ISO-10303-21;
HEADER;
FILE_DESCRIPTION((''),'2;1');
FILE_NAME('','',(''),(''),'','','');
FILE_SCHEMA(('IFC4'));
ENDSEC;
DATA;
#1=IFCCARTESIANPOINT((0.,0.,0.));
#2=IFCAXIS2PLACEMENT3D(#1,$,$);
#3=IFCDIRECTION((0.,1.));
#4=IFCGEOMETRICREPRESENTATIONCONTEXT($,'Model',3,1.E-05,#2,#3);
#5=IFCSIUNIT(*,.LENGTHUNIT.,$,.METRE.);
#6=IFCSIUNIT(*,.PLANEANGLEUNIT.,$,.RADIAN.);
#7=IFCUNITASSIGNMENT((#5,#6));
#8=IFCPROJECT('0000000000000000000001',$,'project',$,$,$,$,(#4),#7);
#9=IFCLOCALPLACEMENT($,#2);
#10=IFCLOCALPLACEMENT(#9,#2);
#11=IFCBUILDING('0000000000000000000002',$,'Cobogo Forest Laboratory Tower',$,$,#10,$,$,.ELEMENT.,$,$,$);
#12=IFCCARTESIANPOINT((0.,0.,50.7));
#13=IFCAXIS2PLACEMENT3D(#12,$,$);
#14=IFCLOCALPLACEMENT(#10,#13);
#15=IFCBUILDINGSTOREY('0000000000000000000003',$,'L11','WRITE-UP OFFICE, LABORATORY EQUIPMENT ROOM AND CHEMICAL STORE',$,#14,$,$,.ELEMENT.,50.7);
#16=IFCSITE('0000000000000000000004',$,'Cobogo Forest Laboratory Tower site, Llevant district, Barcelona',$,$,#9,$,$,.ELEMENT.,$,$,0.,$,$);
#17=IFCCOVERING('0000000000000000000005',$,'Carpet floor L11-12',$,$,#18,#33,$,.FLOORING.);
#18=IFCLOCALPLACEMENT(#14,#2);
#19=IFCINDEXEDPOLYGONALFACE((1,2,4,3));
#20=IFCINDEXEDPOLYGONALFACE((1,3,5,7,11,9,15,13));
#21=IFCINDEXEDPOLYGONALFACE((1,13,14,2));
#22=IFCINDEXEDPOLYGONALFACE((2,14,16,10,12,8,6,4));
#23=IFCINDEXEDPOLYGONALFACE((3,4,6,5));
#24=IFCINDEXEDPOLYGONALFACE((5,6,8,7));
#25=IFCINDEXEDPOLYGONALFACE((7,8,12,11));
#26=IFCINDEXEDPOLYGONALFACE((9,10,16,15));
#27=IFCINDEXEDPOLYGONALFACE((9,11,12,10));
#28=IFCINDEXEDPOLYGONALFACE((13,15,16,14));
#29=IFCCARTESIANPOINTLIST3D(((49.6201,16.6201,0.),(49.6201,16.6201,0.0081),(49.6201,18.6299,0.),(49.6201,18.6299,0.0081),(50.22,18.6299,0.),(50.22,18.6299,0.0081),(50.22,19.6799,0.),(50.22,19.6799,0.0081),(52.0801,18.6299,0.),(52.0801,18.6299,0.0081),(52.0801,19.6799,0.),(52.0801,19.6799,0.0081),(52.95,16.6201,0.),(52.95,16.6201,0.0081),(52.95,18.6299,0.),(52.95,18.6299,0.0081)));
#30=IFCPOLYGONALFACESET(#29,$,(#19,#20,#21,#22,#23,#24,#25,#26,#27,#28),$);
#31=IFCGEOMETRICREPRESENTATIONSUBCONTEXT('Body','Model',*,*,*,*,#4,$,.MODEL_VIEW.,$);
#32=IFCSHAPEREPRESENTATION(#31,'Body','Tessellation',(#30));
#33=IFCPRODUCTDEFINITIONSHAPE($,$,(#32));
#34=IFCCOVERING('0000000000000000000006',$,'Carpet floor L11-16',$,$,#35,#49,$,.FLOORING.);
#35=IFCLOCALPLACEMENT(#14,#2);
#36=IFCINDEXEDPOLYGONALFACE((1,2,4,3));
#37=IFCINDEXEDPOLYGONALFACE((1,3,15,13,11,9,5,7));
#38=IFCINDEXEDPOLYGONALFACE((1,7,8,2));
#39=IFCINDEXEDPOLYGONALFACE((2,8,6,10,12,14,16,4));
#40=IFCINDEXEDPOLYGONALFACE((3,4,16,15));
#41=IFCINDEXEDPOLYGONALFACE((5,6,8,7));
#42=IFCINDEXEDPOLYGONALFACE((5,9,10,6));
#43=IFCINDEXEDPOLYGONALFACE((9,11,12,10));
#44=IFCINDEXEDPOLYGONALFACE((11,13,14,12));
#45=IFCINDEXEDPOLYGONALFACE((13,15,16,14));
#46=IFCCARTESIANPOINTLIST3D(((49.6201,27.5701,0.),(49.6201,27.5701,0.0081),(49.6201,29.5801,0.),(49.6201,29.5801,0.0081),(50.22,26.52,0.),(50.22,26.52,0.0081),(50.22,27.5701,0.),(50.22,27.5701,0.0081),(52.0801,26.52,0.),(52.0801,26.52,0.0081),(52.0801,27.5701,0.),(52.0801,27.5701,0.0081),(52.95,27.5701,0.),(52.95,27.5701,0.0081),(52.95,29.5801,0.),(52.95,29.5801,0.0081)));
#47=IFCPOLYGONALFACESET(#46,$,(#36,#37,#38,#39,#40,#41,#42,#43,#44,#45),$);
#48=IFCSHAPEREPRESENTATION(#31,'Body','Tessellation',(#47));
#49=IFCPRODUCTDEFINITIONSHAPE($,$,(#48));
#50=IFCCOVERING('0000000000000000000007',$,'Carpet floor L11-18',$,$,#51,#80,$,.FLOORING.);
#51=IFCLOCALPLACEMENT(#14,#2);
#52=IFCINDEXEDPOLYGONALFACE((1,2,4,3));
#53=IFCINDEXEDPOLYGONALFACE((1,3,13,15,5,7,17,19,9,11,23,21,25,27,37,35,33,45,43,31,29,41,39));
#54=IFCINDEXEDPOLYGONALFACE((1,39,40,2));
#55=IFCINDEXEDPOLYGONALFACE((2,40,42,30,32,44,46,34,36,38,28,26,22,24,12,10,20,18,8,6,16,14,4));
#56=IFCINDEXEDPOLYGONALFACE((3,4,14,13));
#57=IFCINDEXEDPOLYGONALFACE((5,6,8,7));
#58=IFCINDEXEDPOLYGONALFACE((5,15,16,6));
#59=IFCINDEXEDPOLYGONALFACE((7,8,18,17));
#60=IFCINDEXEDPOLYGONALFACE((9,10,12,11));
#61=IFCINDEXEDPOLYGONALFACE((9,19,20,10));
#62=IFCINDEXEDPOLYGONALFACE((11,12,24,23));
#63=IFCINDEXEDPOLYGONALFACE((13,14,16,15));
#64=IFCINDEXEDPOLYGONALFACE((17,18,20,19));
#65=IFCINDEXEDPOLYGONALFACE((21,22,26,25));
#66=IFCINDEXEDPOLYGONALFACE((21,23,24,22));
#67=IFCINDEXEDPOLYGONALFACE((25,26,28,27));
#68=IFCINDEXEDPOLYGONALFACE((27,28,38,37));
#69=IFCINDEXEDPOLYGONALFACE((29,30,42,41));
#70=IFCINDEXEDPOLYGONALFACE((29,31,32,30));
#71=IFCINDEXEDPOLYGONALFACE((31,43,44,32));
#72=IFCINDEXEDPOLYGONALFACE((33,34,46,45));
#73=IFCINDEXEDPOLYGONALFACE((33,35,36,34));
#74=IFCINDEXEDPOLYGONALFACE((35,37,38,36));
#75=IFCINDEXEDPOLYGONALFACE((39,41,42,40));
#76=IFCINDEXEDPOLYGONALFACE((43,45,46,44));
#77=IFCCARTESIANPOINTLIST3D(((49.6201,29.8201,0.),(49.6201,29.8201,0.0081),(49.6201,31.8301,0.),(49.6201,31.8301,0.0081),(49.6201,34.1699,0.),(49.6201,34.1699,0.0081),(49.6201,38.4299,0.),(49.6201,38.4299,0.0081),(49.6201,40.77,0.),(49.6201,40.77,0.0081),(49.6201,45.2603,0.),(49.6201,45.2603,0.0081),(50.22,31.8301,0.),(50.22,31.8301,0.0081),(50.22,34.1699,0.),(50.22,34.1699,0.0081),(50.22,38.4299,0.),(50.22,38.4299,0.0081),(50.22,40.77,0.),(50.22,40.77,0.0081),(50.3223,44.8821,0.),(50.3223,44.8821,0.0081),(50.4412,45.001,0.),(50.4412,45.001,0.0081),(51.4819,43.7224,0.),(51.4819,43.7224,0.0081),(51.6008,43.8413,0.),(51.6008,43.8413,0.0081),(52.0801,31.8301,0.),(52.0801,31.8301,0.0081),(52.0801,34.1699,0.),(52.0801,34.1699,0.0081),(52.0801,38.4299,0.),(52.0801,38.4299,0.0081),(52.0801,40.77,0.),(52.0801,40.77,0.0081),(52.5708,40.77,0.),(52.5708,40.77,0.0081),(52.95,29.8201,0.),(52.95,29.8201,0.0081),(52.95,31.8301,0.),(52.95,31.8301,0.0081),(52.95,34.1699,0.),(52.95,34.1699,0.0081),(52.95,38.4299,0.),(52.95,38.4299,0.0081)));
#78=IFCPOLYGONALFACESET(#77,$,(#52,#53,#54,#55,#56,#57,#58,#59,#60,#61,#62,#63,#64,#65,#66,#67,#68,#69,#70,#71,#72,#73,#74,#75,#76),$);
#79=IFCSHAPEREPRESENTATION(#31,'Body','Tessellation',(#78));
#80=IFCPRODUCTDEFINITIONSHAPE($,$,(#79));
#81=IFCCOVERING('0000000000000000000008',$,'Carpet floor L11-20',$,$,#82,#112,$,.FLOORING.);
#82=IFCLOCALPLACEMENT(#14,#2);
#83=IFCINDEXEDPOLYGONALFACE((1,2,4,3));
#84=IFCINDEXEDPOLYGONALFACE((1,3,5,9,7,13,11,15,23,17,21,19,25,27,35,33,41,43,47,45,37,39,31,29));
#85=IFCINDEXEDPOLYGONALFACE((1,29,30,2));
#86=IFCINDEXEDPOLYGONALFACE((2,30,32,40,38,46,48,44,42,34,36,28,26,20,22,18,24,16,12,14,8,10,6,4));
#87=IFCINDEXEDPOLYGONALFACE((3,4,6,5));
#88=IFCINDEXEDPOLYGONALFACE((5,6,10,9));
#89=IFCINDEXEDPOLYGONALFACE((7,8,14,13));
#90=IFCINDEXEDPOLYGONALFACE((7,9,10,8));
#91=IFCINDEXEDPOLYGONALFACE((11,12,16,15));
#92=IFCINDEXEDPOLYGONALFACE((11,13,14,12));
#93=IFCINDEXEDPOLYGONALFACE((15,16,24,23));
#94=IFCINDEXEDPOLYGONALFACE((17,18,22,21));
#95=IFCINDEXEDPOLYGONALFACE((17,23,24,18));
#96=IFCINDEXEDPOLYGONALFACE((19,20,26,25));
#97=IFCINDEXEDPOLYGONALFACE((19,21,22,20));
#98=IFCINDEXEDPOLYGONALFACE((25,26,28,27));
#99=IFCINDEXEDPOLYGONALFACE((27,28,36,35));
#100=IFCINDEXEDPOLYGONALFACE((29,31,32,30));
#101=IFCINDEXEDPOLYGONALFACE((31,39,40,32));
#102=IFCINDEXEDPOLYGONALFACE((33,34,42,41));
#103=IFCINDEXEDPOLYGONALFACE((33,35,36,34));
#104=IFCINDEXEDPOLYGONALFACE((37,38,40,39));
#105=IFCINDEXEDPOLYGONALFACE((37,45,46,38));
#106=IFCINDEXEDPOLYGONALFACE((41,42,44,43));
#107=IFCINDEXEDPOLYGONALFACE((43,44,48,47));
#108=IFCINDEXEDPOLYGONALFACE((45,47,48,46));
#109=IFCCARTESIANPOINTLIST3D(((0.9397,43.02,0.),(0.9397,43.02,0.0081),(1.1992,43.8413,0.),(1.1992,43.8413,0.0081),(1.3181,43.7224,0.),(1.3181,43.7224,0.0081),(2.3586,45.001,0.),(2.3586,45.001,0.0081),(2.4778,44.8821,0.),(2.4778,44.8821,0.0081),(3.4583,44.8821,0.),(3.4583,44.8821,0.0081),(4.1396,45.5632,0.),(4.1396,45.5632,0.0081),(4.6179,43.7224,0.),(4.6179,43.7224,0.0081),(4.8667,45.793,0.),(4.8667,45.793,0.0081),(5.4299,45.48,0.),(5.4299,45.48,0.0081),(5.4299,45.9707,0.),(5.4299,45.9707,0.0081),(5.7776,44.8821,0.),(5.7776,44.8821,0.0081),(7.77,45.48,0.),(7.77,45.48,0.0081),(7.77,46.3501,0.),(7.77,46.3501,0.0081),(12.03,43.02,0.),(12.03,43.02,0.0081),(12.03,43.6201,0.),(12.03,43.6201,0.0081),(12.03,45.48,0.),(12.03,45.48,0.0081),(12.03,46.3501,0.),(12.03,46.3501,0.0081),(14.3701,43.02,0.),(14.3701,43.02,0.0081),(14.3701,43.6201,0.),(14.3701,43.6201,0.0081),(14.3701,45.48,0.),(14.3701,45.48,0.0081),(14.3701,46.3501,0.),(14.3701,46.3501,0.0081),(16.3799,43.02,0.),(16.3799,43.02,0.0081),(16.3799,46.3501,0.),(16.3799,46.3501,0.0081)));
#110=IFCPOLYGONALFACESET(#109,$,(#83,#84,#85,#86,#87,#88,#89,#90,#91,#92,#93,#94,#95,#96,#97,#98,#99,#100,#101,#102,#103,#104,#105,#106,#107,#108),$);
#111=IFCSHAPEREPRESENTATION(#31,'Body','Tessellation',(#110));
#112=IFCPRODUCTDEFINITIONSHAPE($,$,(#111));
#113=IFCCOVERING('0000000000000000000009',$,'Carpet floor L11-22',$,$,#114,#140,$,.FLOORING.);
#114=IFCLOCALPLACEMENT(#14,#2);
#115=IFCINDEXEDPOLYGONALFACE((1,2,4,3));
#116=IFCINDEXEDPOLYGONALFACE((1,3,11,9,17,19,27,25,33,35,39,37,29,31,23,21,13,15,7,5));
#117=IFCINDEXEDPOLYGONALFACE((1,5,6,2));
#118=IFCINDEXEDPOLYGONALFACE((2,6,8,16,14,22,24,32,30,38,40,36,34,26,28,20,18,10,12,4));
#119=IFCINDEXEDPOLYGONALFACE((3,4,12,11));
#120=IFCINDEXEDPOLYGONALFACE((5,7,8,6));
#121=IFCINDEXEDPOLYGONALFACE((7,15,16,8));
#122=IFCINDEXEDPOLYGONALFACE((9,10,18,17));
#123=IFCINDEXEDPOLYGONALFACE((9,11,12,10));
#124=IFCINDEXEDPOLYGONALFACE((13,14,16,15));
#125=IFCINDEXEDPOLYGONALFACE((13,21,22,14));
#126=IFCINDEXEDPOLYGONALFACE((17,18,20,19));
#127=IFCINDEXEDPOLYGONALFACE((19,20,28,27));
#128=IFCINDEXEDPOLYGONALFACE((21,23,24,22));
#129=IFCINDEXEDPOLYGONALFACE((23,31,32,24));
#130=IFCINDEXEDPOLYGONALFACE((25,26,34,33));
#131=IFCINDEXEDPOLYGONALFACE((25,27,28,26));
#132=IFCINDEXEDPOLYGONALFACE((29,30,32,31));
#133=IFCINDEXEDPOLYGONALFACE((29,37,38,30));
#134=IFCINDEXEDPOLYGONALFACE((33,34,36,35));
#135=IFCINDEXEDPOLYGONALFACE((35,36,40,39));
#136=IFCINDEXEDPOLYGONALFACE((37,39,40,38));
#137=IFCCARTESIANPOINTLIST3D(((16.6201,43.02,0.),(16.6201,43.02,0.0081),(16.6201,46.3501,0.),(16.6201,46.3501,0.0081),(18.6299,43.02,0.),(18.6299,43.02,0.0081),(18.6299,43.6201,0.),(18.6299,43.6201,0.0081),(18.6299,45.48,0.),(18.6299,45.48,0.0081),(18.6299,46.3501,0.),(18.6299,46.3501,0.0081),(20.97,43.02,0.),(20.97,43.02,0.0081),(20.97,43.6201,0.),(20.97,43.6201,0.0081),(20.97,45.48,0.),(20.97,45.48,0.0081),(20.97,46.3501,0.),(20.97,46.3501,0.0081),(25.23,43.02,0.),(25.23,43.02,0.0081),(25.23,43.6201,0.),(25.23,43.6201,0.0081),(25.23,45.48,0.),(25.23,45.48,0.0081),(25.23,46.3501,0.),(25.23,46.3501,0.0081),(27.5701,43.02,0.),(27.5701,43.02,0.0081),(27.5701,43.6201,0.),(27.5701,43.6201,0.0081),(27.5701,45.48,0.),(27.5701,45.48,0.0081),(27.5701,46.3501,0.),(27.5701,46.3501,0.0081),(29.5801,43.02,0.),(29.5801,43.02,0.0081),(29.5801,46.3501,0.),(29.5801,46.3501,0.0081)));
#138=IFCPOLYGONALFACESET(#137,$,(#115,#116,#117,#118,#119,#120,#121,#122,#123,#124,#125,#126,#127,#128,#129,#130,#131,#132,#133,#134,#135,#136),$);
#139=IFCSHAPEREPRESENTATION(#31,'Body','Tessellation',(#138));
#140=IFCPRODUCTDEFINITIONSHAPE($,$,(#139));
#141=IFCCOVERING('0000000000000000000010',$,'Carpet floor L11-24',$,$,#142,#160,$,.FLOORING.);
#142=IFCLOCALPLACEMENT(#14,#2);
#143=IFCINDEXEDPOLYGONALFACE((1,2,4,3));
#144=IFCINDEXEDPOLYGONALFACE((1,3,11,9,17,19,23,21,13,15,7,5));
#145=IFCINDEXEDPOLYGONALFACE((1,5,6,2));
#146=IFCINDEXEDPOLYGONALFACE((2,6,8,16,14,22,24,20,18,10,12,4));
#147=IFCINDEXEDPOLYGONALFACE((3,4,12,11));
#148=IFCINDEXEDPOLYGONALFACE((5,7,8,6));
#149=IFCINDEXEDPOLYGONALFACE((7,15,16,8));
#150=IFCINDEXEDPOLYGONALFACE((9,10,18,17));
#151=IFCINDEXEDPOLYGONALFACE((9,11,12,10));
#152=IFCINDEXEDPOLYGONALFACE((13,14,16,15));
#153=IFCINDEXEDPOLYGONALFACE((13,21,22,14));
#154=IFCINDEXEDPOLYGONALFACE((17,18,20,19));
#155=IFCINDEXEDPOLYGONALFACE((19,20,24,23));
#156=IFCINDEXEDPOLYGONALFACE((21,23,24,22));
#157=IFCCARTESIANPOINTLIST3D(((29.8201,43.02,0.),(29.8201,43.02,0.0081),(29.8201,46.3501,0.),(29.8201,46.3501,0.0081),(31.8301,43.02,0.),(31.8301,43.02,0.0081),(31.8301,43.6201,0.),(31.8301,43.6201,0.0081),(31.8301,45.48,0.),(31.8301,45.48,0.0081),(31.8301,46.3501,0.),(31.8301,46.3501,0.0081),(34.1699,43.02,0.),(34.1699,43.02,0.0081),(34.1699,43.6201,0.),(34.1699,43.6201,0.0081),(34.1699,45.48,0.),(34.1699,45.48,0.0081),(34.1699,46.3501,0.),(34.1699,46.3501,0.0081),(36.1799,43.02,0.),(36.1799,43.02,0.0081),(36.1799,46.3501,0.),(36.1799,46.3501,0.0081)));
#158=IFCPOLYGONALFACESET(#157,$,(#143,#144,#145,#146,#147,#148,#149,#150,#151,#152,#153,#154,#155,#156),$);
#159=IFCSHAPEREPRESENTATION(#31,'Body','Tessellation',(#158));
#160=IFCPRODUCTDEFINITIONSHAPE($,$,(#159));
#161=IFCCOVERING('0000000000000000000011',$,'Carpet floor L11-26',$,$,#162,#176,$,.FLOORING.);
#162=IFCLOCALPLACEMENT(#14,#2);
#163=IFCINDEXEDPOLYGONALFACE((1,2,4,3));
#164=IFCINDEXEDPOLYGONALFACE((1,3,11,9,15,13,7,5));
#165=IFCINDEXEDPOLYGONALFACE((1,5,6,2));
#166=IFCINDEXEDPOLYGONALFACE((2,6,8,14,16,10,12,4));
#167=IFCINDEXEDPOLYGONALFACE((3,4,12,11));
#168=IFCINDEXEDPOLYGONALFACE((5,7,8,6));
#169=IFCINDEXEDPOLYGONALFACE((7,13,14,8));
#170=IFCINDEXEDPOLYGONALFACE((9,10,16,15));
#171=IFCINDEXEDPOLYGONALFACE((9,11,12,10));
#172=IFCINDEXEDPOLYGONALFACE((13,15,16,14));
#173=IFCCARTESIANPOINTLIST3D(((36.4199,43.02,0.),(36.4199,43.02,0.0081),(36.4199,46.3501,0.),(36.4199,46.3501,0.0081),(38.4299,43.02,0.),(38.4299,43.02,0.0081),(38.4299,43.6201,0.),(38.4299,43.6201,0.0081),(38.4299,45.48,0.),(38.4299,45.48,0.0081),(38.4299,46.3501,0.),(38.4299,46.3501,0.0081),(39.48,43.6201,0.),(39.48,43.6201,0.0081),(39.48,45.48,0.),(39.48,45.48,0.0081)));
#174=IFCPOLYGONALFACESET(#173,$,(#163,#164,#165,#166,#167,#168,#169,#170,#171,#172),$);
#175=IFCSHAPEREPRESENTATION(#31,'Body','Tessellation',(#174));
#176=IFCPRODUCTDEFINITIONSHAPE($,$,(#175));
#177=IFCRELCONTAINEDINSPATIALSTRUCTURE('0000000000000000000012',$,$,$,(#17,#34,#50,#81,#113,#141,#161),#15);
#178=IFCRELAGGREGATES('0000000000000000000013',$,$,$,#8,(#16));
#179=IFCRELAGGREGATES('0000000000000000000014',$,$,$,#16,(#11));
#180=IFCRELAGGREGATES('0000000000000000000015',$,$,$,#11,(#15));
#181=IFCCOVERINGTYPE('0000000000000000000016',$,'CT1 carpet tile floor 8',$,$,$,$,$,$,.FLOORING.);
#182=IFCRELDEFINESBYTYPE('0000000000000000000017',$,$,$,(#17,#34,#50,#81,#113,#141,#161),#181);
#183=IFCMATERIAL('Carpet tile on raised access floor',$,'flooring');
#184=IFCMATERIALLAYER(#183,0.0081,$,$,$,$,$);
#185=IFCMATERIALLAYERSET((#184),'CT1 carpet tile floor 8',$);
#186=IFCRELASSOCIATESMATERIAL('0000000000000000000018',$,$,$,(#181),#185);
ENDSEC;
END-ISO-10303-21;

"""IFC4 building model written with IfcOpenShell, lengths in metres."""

from ifc_helpers import new_model, si_unit, direction, frame, origin, place, context, subcontext, project, spatial, polyline, outline, extrude, material, layer, layer_set, type_object, element, save


model = new_model("IFC4")

# Units and contexts
model_context = context("Model", 3, precision=1e-05, world=origin(), true_north=direction((0.0, 1.0)))
body_context = subcontext(model_context, "Body", "Model", "MODEL_VIEW")
ifc_project = project(units=[si_unit("LENGTHUNIT", "METRE"), si_unit("PLANEANGLEUNIT", "RADIAN")], contexts=[model_context])

# Site, building, storey
site_placement = place(None, origin())
site = spatial("IfcSite", under=ifc_project, at=site_placement, Name="Cobogo Forest Laboratory Tower site, Llevant district, Barcelona", CompositionType="ELEMENT", RefElevation=0.0)
building_placement = place(site_placement, origin())
building = spatial("IfcBuilding", under=site, at=building_placement, Name="Cobogo Forest Laboratory Tower", CompositionType="ELEMENT")
storey_placement = place(building_placement, frame((0.0, 0.0, 50.7)))
storey = spatial("IfcBuildingStorey", under=building, at=storey_placement, Name="L11", Description="WRITE-UP OFFICE, LABORATORY EQUIPMENT ROOM AND CHEMICAL STORE", CompositionType="ELEMENT", Elevation=50.7)

# Coverings
ifc_material_1 = material(Name="Carpet tile on raised access floor", Category="flooring")
ifc_layer_1 = layer(ifc_material_1, 0.0081)
ifc_layer_set_1 = layer_set([ifc_layer_1], Name="CT1 carpet tile floor 8")
covering_type_1 = type_object("IfcCoveringType", Name="CT1 carpet tile floor 8", PredefinedType="FLOORING", material=ifc_layer_set_1)
covering_1_placement = place(storey_placement, origin())
element("IfcCovering", 1, at=covering_1_placement, inside=storey, type_object=covering_type_1, Name="Carpet floor L11-12", PredefinedType="FLOORING", context=body_context, shape_type="SweptSolid", body=[
    extrude(outline(polyline([(49.6201, 18.6299), (50.22, 18.6299), (50.22, 19.6799), (52.0801, 19.6799), (52.0801, 18.6299), (52.95, 18.6299), (52.95, 16.6201), (49.6201, 16.6201), (49.6201, 18.6299)])), origin(), (0.0, 0.0, 1.0), 0.0081),
])
covering_2_placement = place(storey_placement, origin())
element("IfcCovering", 2, at=covering_2_placement, inside=storey, type_object=covering_type_1, Name="Carpet floor L11-16", PredefinedType="FLOORING", context=body_context, shape_type="SweptSolid", body=[
    extrude(outline(polyline([(49.6201, 29.5801), (52.95, 29.5801), (52.95, 27.5701), (52.0801, 27.5701), (52.0801, 26.52), (50.22, 26.52), (50.22, 27.5701), (49.6201, 27.5701), (49.6201, 29.5801)])), origin(), (0.0, 0.0, 1.0), 0.0081),
])
covering_3_placement = place(storey_placement, origin())
element("IfcCovering", 3, at=covering_3_placement, inside=storey, type_object=covering_type_1, Name="Carpet floor L11-18", PredefinedType="FLOORING", context=body_context, shape_type="SweptSolid", body=[
    extrude(outline(polyline([(49.6201, 31.8301), (50.22, 31.8301), (50.22, 34.1699), (49.6201, 34.1699), (49.6201, 38.4299), (50.22, 38.4299), (50.22, 40.77), (49.6201, 40.77), (49.6201, 45.2603), (50.4412, 45.001), (50.3223, 44.8821), (51.4819, 43.7224), (51.6008, 43.8413), (52.5708, 40.77), (52.0801, 40.77), (52.0801, 38.4299), (52.95, 38.4299), (52.95, 34.1699), (52.0801, 34.1699), (52.0801, 31.8301), (52.95, 31.8301), (52.95, 29.8201), (49.6201, 29.8201), (49.6201, 31.8301)])), origin(), (0.0, 0.0, 1.0), 0.0081),
])
covering_4_placement = place(storey_placement, origin())
element("IfcCovering", 4, at=covering_4_placement, inside=storey, type_object=covering_type_1, Name="Carpet floor L11-20", PredefinedType="FLOORING", context=body_context, shape_type="SweptSolid", body=[
    extrude(outline(polyline([(14.3701, 43.02), (14.3701, 43.6201), (12.03, 43.6201), (12.03, 43.02), (0.9397, 43.02), (1.1992, 43.8413), (1.3181, 43.7224), (2.4778, 44.8821), (2.3586, 45.001), (4.1396, 45.5632), (3.4583, 44.8821), (4.6179, 43.7224), (5.7776, 44.8821), (4.8667, 45.793), (5.4299, 45.9707), (5.4299, 45.48), (7.77, 45.48), (7.77, 46.3501), (12.03, 46.3501), (12.03, 45.48), (14.3701, 45.48), (14.3701, 46.3501), (16.3799, 46.3501), (16.3799, 43.02), (14.3701, 43.02)])), origin(), (0.0, 0.0, 1.0), 0.0081),
])
covering_5_placement = place(storey_placement, origin())
element("IfcCovering", 5, at=covering_5_placement, inside=storey, type_object=covering_type_1, Name="Carpet floor L11-22", PredefinedType="FLOORING", context=body_context, shape_type="SweptSolid", body=[
    extrude(outline(polyline([(27.5701, 43.02), (27.5701, 43.6201), (25.23, 43.6201), (25.23, 43.02), (20.97, 43.02), (20.97, 43.6201), (18.6299, 43.6201), (18.6299, 43.02), (16.6201, 43.02), (16.6201, 46.3501), (18.6299, 46.3501), (18.6299, 45.48), (20.97, 45.48), (20.97, 46.3501), (25.23, 46.3501), (25.23, 45.48), (27.5701, 45.48), (27.5701, 46.3501), (29.5801, 46.3501), (29.5801, 43.02), (27.5701, 43.02)])), origin(), (0.0, 0.0, 1.0), 0.0081),
])
covering_6_placement = place(storey_placement, origin())
element("IfcCovering", 6, at=covering_6_placement, inside=storey, type_object=covering_type_1, Name="Carpet floor L11-24", PredefinedType="FLOORING", context=body_context, shape_type="SweptSolid", body=[
    extrude(outline(polyline([(34.1699, 43.02), (34.1699, 43.6201), (31.8301, 43.6201), (31.8301, 43.02), (29.8201, 43.02), (29.8201, 46.3501), (31.8301, 46.3501), (31.8301, 45.48), (34.1699, 45.48), (34.1699, 46.3501), (36.1799, 46.3501), (36.1799, 43.02), (34.1699, 43.02)])), origin(), (0.0, 0.0, 1.0), 0.0081),
])
covering_7_placement = place(storey_placement, origin())
element("IfcCovering", 7, at=covering_7_placement, inside=storey, type_object=covering_type_1, Name="Carpet floor L11-26", PredefinedType="FLOORING", context=body_context, shape_type="SweptSolid", body=[
    extrude(outline(polyline([(36.4199, 43.02), (36.4199, 46.3501), (38.4299, 46.3501), (38.4299, 45.48), (39.48, 45.48), (39.48, 43.6201), (38.4299, 43.6201), (38.4299, 43.02), (36.4199, 43.02)])), origin(), (0.0, 0.0, 1.0), 0.0081),
])

save(model, "model.ifc")
